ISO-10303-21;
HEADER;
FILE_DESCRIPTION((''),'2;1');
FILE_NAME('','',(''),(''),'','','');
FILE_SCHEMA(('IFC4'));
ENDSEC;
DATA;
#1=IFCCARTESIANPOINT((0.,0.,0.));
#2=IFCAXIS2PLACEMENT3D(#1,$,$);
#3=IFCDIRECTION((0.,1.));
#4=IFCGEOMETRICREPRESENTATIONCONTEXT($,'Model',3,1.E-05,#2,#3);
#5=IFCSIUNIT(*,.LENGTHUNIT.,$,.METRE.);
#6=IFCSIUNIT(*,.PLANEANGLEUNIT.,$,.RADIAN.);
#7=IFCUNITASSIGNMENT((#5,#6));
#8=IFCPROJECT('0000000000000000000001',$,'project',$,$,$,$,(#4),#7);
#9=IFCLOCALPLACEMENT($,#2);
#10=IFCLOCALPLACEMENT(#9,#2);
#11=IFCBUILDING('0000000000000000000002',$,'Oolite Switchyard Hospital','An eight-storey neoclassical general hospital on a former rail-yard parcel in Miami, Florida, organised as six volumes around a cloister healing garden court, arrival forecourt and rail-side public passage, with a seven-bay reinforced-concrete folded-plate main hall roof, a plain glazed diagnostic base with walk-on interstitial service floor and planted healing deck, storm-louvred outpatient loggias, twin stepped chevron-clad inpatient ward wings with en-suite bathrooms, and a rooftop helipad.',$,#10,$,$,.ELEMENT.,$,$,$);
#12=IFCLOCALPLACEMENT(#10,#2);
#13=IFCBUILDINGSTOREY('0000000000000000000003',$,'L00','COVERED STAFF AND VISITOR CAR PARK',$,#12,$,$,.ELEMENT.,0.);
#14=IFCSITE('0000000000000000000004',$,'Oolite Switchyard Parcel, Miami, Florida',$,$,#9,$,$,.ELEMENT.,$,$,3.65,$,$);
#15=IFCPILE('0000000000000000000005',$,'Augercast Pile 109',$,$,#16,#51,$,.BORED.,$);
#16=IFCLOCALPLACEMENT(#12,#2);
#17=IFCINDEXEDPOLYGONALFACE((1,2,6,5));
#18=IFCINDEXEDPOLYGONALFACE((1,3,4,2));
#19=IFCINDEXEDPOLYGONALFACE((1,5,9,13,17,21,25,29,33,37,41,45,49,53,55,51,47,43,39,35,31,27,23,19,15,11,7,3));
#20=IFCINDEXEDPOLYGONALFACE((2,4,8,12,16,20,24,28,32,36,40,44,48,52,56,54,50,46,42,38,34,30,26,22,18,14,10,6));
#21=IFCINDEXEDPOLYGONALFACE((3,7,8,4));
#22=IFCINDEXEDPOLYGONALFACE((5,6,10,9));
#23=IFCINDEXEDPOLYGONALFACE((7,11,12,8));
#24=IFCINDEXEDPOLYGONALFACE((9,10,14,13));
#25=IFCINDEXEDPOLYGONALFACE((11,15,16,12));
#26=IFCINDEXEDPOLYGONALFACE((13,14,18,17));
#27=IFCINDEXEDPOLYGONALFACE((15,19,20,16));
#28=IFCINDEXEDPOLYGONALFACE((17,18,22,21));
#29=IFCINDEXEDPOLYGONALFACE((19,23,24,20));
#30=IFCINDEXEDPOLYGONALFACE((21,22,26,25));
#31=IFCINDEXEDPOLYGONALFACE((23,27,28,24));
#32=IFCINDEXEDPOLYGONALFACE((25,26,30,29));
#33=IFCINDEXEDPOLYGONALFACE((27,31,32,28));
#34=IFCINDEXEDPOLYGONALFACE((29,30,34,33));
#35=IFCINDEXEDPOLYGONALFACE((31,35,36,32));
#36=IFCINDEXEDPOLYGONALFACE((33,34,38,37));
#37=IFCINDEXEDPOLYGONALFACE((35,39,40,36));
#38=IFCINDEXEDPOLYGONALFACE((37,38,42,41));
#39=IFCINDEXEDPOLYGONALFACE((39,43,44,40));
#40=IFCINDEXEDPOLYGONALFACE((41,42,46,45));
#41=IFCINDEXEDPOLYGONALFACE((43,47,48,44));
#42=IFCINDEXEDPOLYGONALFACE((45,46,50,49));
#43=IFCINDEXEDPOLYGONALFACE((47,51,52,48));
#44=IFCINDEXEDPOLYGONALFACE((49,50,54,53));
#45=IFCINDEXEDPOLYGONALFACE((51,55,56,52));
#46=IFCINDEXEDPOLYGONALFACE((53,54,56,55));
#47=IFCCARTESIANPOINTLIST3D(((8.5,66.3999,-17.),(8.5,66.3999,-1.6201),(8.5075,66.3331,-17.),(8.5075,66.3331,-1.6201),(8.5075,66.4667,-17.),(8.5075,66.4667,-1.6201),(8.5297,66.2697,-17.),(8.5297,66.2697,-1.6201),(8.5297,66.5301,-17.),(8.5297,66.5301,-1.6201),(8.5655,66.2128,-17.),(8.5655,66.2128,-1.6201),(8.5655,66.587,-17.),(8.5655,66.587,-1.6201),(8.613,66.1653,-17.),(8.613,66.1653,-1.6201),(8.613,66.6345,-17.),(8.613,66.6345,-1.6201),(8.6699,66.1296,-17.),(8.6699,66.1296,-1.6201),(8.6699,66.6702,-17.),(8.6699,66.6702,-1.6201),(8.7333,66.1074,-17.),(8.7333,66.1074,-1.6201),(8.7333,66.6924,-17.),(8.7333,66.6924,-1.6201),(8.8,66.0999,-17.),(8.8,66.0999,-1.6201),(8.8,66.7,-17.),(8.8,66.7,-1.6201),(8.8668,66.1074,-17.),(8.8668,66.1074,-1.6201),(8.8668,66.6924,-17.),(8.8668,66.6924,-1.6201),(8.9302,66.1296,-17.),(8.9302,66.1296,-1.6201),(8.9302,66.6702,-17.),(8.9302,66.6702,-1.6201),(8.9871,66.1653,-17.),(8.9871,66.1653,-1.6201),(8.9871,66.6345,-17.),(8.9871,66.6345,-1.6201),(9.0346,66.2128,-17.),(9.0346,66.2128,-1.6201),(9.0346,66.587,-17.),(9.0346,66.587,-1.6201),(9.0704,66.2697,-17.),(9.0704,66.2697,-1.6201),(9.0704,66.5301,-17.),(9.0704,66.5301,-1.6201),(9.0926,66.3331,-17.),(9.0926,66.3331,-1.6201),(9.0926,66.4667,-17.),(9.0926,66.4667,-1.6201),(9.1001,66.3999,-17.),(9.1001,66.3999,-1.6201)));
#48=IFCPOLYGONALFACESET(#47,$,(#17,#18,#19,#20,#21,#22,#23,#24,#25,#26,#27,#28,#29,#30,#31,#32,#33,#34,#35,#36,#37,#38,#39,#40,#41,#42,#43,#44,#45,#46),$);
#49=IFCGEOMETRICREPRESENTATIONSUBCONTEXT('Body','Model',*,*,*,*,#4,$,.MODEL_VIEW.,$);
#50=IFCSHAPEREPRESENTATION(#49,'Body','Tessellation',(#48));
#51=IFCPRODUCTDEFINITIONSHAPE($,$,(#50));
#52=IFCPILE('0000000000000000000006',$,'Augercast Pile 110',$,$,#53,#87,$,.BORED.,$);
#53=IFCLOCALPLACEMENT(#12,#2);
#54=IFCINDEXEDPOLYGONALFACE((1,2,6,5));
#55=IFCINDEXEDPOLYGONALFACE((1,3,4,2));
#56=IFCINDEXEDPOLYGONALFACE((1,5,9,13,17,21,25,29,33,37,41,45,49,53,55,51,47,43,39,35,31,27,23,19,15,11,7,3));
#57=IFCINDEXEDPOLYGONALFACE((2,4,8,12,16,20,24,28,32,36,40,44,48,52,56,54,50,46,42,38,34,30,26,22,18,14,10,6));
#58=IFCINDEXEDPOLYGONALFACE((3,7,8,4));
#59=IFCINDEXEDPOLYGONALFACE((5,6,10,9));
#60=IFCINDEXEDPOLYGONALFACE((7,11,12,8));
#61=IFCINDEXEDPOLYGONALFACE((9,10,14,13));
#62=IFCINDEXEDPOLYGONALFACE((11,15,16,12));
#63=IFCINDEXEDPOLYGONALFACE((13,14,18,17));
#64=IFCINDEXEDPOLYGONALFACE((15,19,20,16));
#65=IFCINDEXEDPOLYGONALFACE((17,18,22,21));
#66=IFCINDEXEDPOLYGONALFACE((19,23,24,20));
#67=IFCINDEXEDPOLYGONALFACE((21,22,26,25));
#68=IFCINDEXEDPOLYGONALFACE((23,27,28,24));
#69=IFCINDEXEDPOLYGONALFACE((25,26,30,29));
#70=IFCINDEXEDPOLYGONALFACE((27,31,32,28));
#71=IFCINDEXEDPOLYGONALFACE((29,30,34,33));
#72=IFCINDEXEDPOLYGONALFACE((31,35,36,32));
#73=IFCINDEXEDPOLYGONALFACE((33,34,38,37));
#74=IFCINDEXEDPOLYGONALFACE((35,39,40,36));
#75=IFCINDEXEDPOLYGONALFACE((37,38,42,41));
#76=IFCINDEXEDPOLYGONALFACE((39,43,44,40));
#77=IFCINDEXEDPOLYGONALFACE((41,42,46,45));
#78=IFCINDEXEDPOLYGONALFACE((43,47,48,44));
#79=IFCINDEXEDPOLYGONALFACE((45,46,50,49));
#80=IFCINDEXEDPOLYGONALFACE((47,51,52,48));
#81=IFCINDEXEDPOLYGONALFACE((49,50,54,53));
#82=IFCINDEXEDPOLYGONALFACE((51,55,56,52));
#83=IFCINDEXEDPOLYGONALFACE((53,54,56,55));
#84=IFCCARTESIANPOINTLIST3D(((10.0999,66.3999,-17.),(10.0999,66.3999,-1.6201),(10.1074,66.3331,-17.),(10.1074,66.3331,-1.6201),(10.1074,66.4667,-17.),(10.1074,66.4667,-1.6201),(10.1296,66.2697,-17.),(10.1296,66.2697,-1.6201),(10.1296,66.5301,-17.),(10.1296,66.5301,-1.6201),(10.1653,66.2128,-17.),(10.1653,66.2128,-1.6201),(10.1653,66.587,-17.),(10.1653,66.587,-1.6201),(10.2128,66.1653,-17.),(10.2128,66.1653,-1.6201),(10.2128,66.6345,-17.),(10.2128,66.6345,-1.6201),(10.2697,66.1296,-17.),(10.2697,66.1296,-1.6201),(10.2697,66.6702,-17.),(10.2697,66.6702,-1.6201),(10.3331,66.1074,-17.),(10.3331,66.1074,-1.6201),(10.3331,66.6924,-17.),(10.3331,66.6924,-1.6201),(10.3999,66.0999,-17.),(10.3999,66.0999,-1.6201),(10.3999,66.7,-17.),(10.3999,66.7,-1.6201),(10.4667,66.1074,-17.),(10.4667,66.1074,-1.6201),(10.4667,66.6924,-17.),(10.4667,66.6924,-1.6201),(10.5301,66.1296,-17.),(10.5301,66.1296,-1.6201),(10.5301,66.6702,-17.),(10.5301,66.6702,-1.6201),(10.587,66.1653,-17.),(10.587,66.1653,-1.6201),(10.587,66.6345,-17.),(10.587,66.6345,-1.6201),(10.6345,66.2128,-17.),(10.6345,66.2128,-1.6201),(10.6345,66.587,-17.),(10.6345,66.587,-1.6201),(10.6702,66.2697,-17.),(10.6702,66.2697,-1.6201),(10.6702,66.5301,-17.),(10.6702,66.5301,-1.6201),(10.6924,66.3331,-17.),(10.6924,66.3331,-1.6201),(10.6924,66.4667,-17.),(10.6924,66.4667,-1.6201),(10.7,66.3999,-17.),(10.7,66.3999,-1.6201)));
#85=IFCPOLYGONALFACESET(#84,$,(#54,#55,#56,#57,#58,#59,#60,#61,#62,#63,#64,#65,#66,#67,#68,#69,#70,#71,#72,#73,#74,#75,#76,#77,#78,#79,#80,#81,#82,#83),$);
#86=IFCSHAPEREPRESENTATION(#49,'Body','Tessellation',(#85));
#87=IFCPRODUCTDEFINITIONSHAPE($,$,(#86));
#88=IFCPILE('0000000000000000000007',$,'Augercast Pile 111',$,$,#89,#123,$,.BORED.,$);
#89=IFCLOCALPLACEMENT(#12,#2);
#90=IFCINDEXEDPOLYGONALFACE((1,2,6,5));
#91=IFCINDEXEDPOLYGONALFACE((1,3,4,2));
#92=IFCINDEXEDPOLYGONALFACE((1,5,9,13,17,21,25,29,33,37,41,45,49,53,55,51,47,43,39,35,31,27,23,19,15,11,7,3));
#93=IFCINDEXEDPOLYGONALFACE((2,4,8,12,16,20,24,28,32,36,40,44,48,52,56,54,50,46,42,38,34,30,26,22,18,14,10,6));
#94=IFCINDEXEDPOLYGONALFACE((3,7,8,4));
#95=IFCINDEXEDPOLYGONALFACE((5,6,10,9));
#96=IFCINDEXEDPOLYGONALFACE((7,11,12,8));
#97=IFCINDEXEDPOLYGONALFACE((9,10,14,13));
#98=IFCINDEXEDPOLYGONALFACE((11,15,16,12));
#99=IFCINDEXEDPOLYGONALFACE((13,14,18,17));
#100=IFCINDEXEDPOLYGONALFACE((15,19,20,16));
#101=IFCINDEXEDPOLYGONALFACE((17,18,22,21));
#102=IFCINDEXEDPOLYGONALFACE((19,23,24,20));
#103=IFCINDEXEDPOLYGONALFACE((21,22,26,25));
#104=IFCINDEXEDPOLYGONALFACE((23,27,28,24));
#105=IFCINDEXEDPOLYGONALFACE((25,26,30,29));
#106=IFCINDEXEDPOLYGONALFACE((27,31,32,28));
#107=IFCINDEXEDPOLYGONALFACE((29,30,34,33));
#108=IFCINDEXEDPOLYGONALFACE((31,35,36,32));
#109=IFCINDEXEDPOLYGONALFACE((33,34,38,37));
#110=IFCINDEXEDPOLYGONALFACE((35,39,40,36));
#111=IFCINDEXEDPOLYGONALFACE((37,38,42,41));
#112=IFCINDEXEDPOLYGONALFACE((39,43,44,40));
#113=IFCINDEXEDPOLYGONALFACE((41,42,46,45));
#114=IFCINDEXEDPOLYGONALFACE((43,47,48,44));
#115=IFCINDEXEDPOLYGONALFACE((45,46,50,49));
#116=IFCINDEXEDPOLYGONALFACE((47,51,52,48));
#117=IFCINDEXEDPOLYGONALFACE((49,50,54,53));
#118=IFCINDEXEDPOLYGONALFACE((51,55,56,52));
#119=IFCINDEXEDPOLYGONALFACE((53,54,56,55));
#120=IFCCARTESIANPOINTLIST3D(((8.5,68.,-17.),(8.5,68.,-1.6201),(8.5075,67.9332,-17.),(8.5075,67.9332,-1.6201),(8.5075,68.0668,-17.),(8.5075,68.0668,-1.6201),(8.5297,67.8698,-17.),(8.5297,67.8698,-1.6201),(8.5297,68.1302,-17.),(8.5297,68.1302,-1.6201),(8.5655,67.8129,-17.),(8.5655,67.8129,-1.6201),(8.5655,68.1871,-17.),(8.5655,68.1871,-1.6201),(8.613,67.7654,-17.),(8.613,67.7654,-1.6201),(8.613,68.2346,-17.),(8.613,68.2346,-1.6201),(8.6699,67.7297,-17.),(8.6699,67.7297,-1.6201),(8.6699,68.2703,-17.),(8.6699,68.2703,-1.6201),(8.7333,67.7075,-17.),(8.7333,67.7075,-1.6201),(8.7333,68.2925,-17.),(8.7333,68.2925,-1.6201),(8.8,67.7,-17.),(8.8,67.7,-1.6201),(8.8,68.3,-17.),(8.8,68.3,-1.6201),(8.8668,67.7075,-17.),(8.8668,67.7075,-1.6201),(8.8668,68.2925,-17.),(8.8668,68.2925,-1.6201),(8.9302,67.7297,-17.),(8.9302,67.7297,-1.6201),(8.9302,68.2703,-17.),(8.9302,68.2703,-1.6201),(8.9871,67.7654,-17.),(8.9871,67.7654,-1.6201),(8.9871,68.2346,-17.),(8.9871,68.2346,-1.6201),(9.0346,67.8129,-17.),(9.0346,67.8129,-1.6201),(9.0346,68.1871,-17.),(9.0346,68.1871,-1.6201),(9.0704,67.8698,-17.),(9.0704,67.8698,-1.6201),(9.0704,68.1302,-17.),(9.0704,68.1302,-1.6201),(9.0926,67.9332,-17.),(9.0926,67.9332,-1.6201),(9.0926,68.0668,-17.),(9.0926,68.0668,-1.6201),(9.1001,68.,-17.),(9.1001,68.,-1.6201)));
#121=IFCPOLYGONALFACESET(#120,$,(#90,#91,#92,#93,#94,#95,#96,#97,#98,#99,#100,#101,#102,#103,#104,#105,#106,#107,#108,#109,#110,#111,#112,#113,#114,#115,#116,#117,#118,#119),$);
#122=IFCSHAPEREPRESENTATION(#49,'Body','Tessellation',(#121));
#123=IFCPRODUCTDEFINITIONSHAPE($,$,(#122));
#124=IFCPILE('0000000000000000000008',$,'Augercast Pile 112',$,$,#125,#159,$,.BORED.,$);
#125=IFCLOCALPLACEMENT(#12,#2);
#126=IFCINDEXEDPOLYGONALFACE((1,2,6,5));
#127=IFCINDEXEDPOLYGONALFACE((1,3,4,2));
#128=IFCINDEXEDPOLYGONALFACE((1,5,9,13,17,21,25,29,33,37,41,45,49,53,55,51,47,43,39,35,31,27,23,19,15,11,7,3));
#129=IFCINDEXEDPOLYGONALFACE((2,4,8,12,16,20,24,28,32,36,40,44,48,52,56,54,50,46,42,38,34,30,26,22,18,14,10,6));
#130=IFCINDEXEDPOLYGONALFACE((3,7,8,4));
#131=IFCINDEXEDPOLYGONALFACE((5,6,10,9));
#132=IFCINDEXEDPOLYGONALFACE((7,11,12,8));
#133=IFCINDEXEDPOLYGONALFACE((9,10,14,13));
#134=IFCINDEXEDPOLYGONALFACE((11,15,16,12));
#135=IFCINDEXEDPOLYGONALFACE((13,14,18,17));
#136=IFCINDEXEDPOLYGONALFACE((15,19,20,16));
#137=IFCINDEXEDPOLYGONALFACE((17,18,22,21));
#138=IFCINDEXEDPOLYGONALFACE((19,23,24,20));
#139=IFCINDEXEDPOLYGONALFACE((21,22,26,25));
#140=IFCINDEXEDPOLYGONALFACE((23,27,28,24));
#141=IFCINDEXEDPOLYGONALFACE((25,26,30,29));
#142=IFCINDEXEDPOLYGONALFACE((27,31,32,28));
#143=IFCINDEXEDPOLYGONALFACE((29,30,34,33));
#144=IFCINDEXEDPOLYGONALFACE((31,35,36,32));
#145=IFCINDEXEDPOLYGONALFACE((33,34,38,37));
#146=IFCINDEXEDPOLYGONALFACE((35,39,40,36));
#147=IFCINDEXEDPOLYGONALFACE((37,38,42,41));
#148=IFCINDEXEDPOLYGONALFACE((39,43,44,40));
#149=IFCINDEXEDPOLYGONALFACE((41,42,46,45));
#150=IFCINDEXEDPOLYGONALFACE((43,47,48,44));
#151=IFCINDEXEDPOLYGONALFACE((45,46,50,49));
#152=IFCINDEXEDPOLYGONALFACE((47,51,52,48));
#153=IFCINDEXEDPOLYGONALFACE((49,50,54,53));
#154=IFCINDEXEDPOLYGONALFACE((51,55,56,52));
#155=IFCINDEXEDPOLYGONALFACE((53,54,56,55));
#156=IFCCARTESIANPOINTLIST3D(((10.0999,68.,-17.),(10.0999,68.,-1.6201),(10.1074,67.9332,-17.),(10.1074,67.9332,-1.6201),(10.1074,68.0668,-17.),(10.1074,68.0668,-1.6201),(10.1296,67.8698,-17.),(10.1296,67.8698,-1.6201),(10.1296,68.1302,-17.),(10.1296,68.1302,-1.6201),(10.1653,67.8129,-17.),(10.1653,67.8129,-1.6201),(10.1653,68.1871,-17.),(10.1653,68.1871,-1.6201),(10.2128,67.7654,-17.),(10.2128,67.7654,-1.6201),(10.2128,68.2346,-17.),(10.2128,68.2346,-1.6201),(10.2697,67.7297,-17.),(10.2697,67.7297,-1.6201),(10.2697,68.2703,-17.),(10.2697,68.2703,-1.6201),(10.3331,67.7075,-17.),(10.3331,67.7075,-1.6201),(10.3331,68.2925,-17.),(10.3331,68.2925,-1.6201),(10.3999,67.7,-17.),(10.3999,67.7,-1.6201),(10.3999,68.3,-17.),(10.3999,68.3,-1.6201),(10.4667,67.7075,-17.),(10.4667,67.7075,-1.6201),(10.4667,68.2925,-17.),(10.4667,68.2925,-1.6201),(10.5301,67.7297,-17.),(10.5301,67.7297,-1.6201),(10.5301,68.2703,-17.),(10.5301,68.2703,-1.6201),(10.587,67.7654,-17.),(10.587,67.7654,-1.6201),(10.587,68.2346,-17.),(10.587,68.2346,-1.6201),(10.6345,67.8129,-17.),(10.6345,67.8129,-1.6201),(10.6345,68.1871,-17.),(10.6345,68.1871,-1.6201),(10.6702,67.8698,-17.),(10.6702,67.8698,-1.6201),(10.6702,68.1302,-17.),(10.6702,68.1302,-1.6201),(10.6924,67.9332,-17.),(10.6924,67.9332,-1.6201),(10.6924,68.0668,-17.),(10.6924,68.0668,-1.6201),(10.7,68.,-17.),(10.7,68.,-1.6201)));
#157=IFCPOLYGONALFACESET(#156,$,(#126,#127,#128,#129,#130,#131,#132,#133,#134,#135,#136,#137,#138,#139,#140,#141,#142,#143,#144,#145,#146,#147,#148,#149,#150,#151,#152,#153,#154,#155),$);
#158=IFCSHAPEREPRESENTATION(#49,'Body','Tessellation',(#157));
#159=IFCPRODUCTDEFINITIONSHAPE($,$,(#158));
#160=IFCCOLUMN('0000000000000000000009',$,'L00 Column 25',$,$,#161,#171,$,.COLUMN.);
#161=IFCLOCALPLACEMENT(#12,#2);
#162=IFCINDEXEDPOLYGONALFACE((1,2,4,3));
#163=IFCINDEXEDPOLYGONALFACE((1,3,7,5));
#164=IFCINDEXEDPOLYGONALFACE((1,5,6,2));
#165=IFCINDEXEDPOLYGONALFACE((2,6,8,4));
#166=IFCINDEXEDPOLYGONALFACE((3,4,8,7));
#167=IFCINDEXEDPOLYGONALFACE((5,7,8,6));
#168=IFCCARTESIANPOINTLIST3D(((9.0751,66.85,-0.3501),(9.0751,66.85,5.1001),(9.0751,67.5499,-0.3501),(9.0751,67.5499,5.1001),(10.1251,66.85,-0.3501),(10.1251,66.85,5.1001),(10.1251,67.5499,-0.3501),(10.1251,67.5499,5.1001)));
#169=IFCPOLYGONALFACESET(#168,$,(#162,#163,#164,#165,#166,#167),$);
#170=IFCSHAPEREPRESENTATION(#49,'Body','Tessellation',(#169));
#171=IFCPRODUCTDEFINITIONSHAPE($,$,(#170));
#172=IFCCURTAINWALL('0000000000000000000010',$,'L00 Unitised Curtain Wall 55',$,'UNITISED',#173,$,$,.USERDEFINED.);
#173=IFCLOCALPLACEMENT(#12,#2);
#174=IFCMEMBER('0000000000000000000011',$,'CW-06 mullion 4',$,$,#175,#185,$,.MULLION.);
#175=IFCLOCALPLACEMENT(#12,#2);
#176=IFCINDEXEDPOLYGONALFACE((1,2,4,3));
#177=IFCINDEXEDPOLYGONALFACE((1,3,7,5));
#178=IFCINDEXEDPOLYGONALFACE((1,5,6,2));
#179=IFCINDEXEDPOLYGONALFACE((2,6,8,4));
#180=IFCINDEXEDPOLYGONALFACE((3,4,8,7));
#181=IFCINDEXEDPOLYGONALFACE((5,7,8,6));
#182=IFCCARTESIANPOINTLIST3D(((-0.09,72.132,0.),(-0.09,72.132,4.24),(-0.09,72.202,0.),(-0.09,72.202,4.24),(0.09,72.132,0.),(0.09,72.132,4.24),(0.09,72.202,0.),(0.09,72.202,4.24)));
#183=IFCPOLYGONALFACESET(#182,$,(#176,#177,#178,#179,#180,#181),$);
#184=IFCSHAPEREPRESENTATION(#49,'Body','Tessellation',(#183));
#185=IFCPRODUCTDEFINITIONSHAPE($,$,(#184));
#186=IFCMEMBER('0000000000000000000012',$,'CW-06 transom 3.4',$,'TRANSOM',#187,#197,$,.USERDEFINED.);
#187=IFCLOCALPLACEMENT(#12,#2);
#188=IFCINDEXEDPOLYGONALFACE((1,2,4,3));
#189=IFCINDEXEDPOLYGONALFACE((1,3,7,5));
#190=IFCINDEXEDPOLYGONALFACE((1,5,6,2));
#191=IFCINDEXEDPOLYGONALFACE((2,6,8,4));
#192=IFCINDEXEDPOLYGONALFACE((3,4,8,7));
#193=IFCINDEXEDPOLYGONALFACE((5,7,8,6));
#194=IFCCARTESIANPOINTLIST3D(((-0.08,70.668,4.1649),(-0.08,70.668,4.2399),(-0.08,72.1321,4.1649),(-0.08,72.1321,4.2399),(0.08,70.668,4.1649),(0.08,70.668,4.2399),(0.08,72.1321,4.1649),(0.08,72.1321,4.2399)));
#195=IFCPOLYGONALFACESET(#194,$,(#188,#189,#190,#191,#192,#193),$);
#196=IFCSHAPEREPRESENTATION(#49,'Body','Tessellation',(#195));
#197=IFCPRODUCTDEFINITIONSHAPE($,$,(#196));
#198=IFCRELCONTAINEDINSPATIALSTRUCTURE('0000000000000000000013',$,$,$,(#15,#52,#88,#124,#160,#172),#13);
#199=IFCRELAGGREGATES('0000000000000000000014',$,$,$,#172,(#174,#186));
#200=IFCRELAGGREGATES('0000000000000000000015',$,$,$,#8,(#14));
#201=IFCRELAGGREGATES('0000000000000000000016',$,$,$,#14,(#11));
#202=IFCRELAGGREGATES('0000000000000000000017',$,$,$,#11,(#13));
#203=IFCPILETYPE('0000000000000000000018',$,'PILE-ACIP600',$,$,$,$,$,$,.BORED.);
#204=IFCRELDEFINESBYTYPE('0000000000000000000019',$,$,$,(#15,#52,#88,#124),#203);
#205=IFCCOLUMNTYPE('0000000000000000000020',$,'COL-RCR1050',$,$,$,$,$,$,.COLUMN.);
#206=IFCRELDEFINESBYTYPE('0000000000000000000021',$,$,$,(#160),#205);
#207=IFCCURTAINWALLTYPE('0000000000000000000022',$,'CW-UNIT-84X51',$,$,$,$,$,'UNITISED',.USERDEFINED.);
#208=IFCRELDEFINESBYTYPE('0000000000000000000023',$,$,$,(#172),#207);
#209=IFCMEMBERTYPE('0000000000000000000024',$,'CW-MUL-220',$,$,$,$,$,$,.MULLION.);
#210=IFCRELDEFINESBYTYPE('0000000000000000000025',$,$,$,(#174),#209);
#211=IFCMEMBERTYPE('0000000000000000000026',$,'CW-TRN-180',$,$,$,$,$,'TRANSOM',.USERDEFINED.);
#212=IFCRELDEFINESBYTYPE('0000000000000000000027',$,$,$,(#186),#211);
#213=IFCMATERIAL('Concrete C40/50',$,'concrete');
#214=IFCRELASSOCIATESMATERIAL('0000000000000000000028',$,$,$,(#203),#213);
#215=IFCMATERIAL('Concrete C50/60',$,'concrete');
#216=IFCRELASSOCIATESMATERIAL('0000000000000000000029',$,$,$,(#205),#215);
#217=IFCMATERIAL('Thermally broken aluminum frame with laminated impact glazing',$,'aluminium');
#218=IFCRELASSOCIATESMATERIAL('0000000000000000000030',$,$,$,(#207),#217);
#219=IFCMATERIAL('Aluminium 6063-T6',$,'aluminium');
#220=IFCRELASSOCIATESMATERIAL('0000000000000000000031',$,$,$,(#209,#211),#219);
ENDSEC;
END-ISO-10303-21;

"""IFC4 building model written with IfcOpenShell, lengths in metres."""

from ifc_helpers import new_model, si_unit, direction, frame, origin, origin_2d, place, context, subcontext, project, spatial, rectangle, circle, extrude, material, material_profile, profile_set, type_object, element, aggregate, save


model = new_model("IFC4")

# Units and contexts
model_context = context("Model", 3, precision=1e-05, world=origin(), true_north=direction((0.0, 1.0)))
body_context = subcontext(model_context, "Body", "Model", "MODEL_VIEW")
ifc_project = project(units=[si_unit("LENGTHUNIT", "METRE"), si_unit("PLANEANGLEUNIT", "RADIAN")], contexts=[model_context])

# Site, building, storey
site_placement = place(None, origin())
site = spatial("IfcSite", under=ifc_project, at=site_placement, Name="Oolite Switchyard Parcel, Miami, Florida", CompositionType="ELEMENT", RefElevation=3.65)
building_placement = place(site_placement, origin())
building = spatial("IfcBuilding", under=site, at=building_placement, Name="Oolite Switchyard Hospital", Description="An eight-storey neoclassical general hospital on a former rail-yard parcel in Miami, Florida, organised as six volumes around a cloister healing garden court, arrival forecourt and rail-side public passage, with a seven-bay reinforced-concrete folded-plate main hall roof, a plain glazed diagnostic base with walk-on interstitial service floor and planted healing deck, storm-louvred outpatient loggias, twin stepped chevron-clad inpatient ward wings with en-suite bathrooms, and a rooftop helipad.", CompositionType="ELEMENT")
storey_placement = place(building_placement, origin())
storey = spatial("IfcBuildingStorey", under=building, at=storey_placement, Name="L00", Description="COVERED STAFF AND VISITOR CAR PARK", CompositionType="ELEMENT", Elevation=0.0)

# Shared definitions
ifc_material_1 = material(Name="Concrete C40/50", Category="concrete")

# Piles
ifc_material_profile_1 = material_profile(ifc_material_1, circle(Radius=0.3, at=origin_2d()), Name="PILE600")
ifc_profile_set_1 = profile_set([ifc_material_profile_1], Name="Concrete C40/50")
pile_type = type_object("IfcPileType", Name="PILE-ACIP600", PredefinedType="BORED", material=ifc_profile_set_1)
for number, where, z_axis, x_axis, name in (
    (1, (8.8, 66.3999, -1.6201), (0.0, 0.0, -1.0), (1.0, 0.0, 0.0), "Augercast Pile 109"),
    (2, (10.3999, 66.3999, -1.6201), (0.0, 0.0, -1.0), (1.0, 0.0, 0.0), "Augercast Pile 110"),
    (3, (8.8, 68.0, -1.6201), (0.0, 0.0, -1.0), (1.0, 0.0, 0.0), "Augercast Pile 111"),
    (4, (10.3999, 68.0, -1.6201), (0.0, 0.0, -1.0), (1.0, 0.0, 0.0), "Augercast Pile 112"),
):
    element("IfcPile", number, at=place(storey_placement, frame(where, z_axis=z_axis, x_axis=x_axis)), inside=storey, type_object=pile_type, Name=name, PredefinedType="BORED", context=body_context, shape_type="SweptSolid", body=[
        extrude(circle(Radius=0.3, at=origin_2d()), origin(), (0.0, 0.0, 1.0), 15.3799),
    ])

# Column
ifc_material_2 = material(Name="Concrete C50/60", Category="concrete")
ifc_material_profile_2 = material_profile(ifc_material_2, rectangle(XDim=1.05, YDim=0.7, at=origin_2d()), Name="RC1050X700")
ifc_profile_set_2 = profile_set([ifc_material_profile_2], Name="Concrete C50/60")
column_type = type_object("IfcColumnType", Name="COL-RCR1050", PredefinedType="COLUMN", material=ifc_profile_set_2)
column_placement = place(storey_placement, frame((9.6001, 67.2, -0.3501), z_axis=(0.0, 0.0, 1.0), x_axis=(1.0, 0.0, 0.0)))
element("IfcColumn", 5, at=column_placement, inside=storey, type_object=column_type, Name="L00 Column 25", PredefinedType="COLUMN", context=body_context, shape_type="SweptSolid", body=[
    extrude(rectangle(XDim=1.05, YDim=0.7, at=origin_2d()), origin(), (0.0, 0.0, 1.0), 5.4502),
])

# Curtain wall, members
ifc_material_3 = material(Name="Thermally broken aluminum frame with laminated impact glazing", Category="aluminium")
curtain_wall_type = type_object("IfcCurtainWallType", Name="CW-UNIT-84X51", ElementType="UNITISED", PredefinedType="USERDEFINED", material=ifc_material_3)
curtain_wall_placement = place(storey_placement, origin())
curtain_wall = element("IfcCurtainWall", 6, at=curtain_wall_placement, inside=storey, type_object=curtain_wall_type, Name="L00 Unitised Curtain Wall 55", ObjectType="UNITISED", PredefinedType="USERDEFINED")
ifc_material_4 = material(Name="Aluminium 6063-T6", Category="aluminium")
ifc_material_profile_3 = material_profile(ifc_material_4, rectangle(XDim=0.1799, YDim=0.0701, at=origin_2d()), Name="CWM70X180")
ifc_profile_set_3 = profile_set([ifc_material_profile_3], Name="Aluminium 6063-T6")
member_type_1 = type_object("IfcMemberType", Name="CW-MUL-220", PredefinedType="MULLION", material=ifc_profile_set_3)
member_1_placement = place(storey_placement, frame((0.0, 72.167, 0.0), z_axis=(0.0, 0.0, 1.0), x_axis=(-1.0, 0.0, 0.0)))
member_1 = element("IfcMember", 7, at=member_1_placement, type_object=member_type_1, Name="CW-06 mullion 4", PredefinedType="MULLION", context=body_context, shape_type="SweptSolid", body=[
    extrude(rectangle(XDim=0.1799, YDim=0.0701, at=origin_2d()), origin(), (0.0, 0.0, 1.0), 4.24),
])
ifc_material_profile_4 = material_profile(ifc_material_4, rectangle(XDim=0.1599, YDim=0.075, at=origin_2d()), Name="CWT75X160")
ifc_profile_set_4 = profile_set([ifc_material_profile_4], Name="Aluminium 6063-T6")
member_type_2 = type_object("IfcMemberType", Name="CW-TRN-180", ElementType="TRANSOM", PredefinedType="USERDEFINED", material=ifc_profile_set_4)
member_2_placement = place(storey_placement, frame((0.0, 70.668, 4.2024), z_axis=(0.0, 1.0, 0.0), x_axis=(-1.0, 0.0, 0.0)))
member_2 = element("IfcMember", 8, at=member_2_placement, type_object=member_type_2, Name="CW-06 transom 3.4", ObjectType="TRANSOM", PredefinedType="USERDEFINED", context=body_context, shape_type="SweptSolid", body=[
    extrude(rectangle(XDim=0.1599, YDim=0.075, at=origin_2d()), origin(), (0.0, 0.0, 1.0), 1.4641),
])
aggregate(curtain_wall, [member_1, member_2])

save(model, "model.ifc")
